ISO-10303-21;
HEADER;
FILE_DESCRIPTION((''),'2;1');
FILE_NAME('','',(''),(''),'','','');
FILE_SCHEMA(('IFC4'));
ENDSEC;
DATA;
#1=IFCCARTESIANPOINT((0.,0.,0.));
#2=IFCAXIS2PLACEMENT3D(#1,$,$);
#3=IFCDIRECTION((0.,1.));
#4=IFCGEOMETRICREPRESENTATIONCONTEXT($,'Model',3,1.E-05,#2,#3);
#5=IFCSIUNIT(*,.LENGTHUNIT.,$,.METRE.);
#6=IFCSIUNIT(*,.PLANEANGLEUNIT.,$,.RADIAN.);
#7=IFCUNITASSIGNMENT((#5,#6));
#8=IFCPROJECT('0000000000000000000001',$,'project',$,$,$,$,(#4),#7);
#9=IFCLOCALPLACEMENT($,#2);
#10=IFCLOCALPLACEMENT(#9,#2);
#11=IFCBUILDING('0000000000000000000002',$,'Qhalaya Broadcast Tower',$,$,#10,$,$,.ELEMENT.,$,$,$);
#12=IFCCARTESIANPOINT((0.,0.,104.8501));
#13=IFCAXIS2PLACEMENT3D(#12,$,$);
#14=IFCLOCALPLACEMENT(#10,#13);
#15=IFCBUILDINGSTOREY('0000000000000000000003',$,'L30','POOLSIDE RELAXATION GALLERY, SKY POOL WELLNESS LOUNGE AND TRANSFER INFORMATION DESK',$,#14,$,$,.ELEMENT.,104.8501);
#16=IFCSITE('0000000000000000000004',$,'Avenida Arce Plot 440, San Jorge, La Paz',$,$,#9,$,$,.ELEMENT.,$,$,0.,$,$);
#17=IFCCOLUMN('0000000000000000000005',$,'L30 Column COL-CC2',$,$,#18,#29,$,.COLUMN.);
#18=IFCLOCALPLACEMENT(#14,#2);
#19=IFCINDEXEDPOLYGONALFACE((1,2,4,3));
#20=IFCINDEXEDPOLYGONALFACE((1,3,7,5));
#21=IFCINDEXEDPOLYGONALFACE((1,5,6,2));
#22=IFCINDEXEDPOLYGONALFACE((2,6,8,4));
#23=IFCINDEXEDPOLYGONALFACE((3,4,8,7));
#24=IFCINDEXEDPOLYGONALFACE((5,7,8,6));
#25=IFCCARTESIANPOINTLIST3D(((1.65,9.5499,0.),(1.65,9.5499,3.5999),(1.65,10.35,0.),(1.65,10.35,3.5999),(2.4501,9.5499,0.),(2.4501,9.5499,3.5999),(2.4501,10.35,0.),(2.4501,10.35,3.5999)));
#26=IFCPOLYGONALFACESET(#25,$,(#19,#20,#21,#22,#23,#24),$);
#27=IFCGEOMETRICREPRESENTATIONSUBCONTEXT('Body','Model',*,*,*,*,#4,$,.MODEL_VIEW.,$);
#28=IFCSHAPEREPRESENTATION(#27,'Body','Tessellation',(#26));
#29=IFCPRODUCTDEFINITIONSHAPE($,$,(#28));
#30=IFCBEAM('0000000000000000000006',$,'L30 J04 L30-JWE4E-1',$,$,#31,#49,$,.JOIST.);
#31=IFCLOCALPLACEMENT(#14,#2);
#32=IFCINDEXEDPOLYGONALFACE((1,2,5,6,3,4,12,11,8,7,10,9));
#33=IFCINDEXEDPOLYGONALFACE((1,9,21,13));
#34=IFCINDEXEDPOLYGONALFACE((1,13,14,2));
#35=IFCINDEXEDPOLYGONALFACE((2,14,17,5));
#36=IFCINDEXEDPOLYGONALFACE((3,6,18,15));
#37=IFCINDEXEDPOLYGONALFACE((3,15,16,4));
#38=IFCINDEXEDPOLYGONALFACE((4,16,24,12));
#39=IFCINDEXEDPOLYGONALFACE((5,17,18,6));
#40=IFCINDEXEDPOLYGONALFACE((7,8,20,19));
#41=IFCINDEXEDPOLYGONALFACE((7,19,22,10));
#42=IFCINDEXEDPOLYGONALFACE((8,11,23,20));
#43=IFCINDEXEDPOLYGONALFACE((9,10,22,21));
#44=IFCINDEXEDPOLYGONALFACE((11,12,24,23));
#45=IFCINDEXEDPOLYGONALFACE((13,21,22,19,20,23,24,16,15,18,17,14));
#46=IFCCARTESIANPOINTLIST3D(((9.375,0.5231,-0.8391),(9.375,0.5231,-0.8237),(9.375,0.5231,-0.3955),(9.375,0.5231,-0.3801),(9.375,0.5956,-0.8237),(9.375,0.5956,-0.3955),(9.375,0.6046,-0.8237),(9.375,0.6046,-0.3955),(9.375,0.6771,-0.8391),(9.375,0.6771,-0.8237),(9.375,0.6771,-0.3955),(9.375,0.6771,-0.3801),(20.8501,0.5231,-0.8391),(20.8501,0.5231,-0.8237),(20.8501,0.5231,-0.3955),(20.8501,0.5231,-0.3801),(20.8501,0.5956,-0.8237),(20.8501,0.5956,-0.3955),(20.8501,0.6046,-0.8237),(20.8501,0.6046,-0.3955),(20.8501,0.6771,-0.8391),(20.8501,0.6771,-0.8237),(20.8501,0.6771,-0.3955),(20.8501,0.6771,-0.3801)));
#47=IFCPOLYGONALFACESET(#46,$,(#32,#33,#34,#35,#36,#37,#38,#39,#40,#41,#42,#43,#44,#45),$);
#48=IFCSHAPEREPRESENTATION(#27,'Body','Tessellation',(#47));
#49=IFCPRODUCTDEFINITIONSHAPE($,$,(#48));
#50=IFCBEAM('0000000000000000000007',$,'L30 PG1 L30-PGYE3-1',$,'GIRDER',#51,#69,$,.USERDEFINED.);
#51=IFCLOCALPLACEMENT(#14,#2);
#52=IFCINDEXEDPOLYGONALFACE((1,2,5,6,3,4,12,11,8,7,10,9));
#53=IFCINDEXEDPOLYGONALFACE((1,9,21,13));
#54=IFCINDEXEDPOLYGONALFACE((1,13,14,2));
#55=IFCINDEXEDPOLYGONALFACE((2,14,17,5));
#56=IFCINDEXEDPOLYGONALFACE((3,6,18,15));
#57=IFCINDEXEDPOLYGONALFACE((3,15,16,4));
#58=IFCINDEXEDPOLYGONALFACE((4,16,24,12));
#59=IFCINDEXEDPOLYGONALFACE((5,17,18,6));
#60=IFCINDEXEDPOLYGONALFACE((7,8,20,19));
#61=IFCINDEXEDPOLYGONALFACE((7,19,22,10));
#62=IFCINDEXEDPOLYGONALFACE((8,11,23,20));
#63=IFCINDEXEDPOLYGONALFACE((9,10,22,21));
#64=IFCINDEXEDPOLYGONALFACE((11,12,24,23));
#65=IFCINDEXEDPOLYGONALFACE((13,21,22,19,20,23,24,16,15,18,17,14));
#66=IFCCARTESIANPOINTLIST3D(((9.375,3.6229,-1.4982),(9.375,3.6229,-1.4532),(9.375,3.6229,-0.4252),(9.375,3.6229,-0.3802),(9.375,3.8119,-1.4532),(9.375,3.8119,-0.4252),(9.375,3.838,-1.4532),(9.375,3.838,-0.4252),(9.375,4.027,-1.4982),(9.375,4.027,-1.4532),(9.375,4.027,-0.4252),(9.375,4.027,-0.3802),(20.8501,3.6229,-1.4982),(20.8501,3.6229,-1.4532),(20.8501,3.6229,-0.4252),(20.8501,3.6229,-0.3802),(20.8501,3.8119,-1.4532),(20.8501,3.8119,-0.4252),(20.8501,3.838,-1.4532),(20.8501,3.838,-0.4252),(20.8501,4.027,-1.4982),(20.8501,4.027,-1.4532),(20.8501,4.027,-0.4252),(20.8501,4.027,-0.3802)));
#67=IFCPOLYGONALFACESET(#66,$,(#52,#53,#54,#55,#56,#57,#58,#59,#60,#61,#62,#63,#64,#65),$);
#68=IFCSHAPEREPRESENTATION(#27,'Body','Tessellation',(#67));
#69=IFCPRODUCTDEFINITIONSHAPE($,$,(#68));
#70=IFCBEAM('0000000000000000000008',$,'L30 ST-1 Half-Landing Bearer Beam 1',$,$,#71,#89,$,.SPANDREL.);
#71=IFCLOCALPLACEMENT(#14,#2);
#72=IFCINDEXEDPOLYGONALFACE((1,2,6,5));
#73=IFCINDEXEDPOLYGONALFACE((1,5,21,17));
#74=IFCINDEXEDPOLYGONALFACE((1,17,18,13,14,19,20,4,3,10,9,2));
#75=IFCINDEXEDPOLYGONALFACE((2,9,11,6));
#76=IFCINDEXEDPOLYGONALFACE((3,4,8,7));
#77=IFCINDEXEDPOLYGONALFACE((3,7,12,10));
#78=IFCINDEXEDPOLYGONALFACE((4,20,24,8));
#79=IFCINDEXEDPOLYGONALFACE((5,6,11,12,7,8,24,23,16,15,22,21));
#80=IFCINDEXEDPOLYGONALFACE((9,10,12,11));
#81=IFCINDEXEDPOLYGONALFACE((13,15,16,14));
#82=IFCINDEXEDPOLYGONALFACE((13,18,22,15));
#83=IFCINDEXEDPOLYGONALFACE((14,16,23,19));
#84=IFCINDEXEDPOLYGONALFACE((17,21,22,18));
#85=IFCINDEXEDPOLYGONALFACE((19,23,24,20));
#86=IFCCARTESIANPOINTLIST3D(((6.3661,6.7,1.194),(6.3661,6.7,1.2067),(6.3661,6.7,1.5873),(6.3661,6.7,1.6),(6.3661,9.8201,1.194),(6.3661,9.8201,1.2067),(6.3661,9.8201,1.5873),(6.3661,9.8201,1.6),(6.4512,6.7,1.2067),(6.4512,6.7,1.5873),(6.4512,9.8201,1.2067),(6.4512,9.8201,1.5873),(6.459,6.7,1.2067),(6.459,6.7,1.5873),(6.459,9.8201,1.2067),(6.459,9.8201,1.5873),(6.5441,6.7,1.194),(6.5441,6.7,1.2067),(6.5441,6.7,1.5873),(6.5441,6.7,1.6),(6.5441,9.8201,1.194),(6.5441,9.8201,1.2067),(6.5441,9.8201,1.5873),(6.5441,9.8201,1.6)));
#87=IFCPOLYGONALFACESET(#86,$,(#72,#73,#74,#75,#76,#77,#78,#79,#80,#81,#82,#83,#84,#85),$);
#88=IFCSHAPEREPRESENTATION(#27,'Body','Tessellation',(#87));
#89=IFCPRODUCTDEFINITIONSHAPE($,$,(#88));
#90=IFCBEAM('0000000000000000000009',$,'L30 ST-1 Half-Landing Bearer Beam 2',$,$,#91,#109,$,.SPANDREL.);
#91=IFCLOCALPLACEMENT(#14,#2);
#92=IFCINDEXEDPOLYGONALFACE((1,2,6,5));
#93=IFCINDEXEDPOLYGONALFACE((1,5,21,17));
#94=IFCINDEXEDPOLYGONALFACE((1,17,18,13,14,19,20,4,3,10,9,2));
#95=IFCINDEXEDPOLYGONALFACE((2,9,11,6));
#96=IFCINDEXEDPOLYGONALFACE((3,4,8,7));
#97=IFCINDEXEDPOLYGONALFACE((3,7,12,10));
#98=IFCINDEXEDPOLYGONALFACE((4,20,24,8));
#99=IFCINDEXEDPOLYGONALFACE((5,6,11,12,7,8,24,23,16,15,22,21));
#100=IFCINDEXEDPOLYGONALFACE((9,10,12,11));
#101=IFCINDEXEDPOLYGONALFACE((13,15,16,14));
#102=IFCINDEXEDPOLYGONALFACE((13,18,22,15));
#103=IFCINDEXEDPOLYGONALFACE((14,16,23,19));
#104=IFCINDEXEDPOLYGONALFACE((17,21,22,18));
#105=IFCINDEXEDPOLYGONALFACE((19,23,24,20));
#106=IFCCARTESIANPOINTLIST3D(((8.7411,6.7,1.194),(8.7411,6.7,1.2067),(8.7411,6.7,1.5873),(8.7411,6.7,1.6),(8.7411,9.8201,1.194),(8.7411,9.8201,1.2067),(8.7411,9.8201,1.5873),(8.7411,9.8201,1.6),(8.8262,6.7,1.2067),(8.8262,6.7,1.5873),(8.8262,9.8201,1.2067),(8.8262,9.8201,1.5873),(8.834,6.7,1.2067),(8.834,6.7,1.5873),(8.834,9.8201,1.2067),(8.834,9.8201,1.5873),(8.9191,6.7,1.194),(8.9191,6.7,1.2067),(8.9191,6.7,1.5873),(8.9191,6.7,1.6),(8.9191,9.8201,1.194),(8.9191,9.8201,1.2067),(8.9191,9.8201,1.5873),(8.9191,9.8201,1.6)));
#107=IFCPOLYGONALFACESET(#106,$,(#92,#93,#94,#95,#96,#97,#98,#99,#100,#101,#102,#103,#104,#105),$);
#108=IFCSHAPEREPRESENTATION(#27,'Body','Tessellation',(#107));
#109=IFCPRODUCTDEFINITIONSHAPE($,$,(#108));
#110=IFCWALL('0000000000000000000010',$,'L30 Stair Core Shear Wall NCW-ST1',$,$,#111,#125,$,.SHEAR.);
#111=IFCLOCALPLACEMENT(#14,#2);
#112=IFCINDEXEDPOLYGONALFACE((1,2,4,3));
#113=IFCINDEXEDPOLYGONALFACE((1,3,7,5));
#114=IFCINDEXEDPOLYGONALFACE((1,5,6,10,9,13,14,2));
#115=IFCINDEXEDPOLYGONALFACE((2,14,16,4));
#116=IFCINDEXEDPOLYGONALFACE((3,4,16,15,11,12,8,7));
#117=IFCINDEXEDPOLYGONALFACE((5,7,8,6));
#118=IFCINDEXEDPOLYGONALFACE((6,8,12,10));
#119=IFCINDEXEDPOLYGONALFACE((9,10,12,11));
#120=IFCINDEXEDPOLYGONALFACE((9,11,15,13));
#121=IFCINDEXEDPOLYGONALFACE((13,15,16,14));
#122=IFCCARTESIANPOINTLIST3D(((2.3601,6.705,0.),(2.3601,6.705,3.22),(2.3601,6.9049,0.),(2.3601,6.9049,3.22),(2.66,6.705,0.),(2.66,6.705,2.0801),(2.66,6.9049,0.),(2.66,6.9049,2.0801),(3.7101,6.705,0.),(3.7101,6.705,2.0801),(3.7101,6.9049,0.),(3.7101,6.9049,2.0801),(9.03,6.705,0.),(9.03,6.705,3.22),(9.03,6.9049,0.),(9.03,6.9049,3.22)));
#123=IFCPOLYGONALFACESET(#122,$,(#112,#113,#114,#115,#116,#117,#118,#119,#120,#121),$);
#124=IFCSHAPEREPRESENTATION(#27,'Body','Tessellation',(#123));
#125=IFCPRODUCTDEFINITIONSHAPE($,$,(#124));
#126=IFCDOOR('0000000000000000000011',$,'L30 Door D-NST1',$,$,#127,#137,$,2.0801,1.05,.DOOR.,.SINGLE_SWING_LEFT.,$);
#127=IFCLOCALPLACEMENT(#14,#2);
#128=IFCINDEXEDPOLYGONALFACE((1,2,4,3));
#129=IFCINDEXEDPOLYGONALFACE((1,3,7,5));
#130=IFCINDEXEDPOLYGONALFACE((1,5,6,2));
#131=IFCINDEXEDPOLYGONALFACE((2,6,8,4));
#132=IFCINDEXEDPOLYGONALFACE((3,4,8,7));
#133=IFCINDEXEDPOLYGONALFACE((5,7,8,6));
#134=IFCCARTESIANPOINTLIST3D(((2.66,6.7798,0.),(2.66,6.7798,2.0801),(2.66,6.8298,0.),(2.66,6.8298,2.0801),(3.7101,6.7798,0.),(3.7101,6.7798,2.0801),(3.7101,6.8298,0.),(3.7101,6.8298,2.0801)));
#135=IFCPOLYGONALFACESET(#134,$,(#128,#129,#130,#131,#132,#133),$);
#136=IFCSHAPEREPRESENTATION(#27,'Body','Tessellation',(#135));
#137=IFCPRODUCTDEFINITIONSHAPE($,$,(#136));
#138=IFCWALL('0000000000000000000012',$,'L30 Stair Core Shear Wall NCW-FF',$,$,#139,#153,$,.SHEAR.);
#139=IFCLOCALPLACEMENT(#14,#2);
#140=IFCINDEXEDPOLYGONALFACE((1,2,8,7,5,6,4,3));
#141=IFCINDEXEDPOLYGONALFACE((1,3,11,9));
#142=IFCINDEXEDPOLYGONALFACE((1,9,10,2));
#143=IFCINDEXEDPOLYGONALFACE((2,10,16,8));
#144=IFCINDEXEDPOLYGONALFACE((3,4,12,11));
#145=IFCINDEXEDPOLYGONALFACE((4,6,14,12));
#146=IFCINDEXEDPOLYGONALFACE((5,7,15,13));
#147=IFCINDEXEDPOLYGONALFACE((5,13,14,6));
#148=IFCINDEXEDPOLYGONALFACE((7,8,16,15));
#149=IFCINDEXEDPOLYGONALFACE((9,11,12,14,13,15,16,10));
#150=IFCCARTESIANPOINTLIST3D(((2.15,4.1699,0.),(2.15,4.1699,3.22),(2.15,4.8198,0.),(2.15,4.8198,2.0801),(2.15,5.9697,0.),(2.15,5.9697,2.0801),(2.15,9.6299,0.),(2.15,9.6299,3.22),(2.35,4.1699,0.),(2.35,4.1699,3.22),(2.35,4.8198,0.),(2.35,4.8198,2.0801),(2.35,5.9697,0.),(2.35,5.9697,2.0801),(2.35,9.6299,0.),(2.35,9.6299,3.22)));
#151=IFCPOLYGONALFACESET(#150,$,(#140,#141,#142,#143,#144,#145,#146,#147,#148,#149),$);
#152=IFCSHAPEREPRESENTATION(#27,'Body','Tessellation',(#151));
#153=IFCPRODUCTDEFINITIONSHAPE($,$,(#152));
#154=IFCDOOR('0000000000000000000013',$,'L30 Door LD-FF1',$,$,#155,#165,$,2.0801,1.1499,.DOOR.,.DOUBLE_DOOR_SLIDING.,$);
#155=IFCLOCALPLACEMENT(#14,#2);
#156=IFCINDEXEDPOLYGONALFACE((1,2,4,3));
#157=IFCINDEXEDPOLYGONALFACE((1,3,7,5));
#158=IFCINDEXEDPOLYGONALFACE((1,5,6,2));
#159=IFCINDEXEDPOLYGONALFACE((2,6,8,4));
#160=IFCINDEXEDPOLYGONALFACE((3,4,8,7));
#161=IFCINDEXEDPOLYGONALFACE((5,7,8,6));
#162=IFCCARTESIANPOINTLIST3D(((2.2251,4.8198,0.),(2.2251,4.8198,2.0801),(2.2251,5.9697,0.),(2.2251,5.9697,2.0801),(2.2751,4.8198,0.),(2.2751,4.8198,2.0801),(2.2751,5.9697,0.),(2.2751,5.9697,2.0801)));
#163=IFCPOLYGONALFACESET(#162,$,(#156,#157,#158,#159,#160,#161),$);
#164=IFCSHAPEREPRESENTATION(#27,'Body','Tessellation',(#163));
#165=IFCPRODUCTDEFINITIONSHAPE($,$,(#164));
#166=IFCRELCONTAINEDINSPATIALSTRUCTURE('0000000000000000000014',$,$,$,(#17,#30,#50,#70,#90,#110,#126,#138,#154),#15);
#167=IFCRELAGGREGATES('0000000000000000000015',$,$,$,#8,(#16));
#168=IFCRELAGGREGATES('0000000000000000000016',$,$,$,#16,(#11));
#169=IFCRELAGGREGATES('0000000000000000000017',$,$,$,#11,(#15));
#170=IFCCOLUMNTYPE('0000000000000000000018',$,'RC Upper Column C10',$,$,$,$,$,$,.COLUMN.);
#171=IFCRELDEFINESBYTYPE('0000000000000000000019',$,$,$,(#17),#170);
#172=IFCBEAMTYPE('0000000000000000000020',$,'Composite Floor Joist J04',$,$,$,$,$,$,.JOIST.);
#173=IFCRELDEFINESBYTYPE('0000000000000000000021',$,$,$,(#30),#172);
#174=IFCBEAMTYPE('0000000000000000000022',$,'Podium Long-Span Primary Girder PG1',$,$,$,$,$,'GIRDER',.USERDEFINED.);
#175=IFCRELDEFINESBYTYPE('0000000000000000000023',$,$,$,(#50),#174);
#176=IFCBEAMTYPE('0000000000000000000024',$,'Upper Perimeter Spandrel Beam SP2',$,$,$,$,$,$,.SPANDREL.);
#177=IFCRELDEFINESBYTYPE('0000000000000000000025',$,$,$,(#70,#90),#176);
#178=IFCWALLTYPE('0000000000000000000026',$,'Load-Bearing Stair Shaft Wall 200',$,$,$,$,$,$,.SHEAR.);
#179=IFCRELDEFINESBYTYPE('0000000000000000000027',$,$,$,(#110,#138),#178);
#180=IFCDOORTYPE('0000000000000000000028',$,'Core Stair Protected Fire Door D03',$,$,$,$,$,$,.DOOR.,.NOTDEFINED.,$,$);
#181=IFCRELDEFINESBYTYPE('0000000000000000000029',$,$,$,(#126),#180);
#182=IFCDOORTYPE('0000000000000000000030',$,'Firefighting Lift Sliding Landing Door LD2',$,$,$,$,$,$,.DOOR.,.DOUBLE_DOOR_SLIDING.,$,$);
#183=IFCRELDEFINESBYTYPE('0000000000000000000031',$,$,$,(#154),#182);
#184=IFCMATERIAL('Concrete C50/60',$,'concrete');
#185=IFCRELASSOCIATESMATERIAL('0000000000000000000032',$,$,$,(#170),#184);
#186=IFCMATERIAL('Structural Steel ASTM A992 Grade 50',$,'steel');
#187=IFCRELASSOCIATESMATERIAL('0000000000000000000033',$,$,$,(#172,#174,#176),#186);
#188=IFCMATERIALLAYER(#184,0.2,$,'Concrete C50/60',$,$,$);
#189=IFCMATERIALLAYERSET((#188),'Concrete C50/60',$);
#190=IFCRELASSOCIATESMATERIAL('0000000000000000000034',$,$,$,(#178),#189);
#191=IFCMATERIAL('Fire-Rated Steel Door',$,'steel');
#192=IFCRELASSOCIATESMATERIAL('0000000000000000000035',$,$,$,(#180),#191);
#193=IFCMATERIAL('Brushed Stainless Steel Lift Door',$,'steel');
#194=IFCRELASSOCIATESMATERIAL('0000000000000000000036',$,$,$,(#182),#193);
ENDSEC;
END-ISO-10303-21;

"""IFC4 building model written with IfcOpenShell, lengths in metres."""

from ifc_helpers import new_model, si_unit, direction, frame, frame_2d, origin, origin_2d, place, context, subcontext, project, spatial, rectangle, i_section, extrude, material, layer, layer_set, material_profile, profile_set, type_object, element, fill, save


model = new_model("IFC4")

# Units and contexts
model_context = context("Model", 3, precision=1e-05, world=origin(), true_north=direction((0.0, 1.0)))
body_context = subcontext(model_context, "Body", "Model", "MODEL_VIEW")
ifc_project = project(units=[si_unit("LENGTHUNIT", "METRE"), si_unit("PLANEANGLEUNIT", "RADIAN")], contexts=[model_context])

# Site, building, storey
site_placement = place(None, origin())
site = spatial("IfcSite", under=ifc_project, at=site_placement, Name="Avenida Arce Plot 440, San Jorge, La Paz", CompositionType="ELEMENT", RefElevation=0.0)
building_placement = place(site_placement, origin())
building = spatial("IfcBuilding", under=site, at=building_placement, Name="Qhalaya Broadcast Tower", CompositionType="ELEMENT")
storey_placement = place(building_placement, frame((0.0, 0.0, 104.8501)))
storey = spatial("IfcBuildingStorey", under=building, at=storey_placement, Name="L30", Description="POOLSIDE RELAXATION GALLERY, SKY POOL WELLNESS LOUNGE AND TRANSFER INFORMATION DESK", CompositionType="ELEMENT", Elevation=104.8501)

# Column
ifc_material_1 = material(Name="Concrete C50/60", Category="concrete")
ifc_material_profile_1 = material_profile(ifc_material_1, rectangle(XDim=0.8, YDim=0.8, at=origin_2d()), Name="RC-COL 800x800")
ifc_profile_set_1 = profile_set([ifc_material_profile_1], Name="Concrete C50/60")
column_type = type_object("IfcColumnType", Name="RC Upper Column C10", PredefinedType="COLUMN", material=ifc_profile_set_1)
column_placement = place(storey_placement, frame((2.05, 9.95, 0.0), z_axis=(0.0, 0.0, 1.0), x_axis=(1.0, 0.0, 0.0)))
element("IfcColumn", 1, at=column_placement, inside=storey, type_object=column_type, Name="L30 Column COL-CC2", PredefinedType="COLUMN", context=body_context, shape_type="SweptSolid", body=[
    extrude(rectangle(XDim=0.8, YDim=0.8, at=origin_2d()), origin(), (0.0, 0.0, 1.0), 3.5999),
])

# Beams
ifc_material_2 = material(Name="Structural Steel ASTM A992 Grade 50", Category="steel")
ifc_material_profile_2 = material_profile(ifc_material_2, i_section(OverallWidth=0.1541, OverallDepth=0.459, WebThickness=0.009, FlangeThickness=0.0154, at=origin_2d()), Name="W18X46")
ifc_profile_set_2 = profile_set([ifc_material_profile_2], Name="Structural Steel ASTM A992 Grade 50")
beam_type_1 = type_object("IfcBeamType", Name="Composite Floor Joist J04", PredefinedType="JOIST", material=ifc_profile_set_2)
beam_1_placement = place(storey_placement, frame((9.375, 0.6001, -0.6096), z_axis=(1.0, 0.0, 0.0), x_axis=(0.0, 1.0, 0.0)))
element("IfcBeam", 2, at=beam_1_placement, inside=storey, type_object=beam_type_1, Name="L30 J04 L30-JWE4E-1", PredefinedType="JOIST", context=body_context, shape_type="SweptSolid", body=[
    extrude(i_section(OverallWidth=0.1541, OverallDepth=0.459, WebThickness=0.009, FlangeThickness=0.0154, at=origin_2d()), origin(), (0.0, 0.0, 1.0), 11.4751),
])
ifc_material_profile_3 = material_profile(ifc_material_2, i_section(OverallWidth=0.4041, OverallDepth=1.1179, WebThickness=0.0261, FlangeThickness=0.0449, at=origin_2d()), Name="W44X335")
ifc_profile_set_3 = profile_set([ifc_material_profile_3], Name="Structural Steel ASTM A992 Grade 50")
beam_type_2 = type_object("IfcBeamType", Name="Podium Long-Span Primary Girder PG1", ElementType="GIRDER", PredefinedType="USERDEFINED", material=ifc_profile_set_3)
beam_2_placement = place(storey_placement, frame((9.375, 3.825, -0.9392), z_axis=(1.0, 0.0, 0.0), x_axis=(0.0, 1.0, 0.0)))
element("IfcBeam", 3, at=beam_2_placement, inside=storey, type_object=beam_type_2, Name="L30 PG1 L30-PGYE3-1", ObjectType="GIRDER", PredefinedType="USERDEFINED", context=body_context, shape_type="SweptSolid", body=[
    extrude(i_section(OverallWidth=0.4041, OverallDepth=1.1179, WebThickness=0.0261, FlangeThickness=0.0449, at=origin_2d()), origin(), (0.0, 0.0, 1.0), 11.4751),
])
ifc_material_profile_4 = material_profile(ifc_material_2, i_section(OverallWidth=0.178, OverallDepth=0.406, WebThickness=0.0078, FlangeThickness=0.0127, at=origin_2d()), Name="W16X40")
ifc_profile_set_4 = profile_set([ifc_material_profile_4], Name="Structural Steel ASTM A992 Grade 50")
beam_type_3 = type_object("IfcBeamType", Name="Upper Perimeter Spandrel Beam SP2", PredefinedType="SPANDREL", material=ifc_profile_set_4)
for number, where, z_axis, x_axis, name in (
    (4, (6.4551, 6.7, 1.397), (0.0, 1.0, 0.0), (-1.0, 0.0, 0.0), "L30 ST-1 Half-Landing Bearer Beam 1"),
    (5, (8.8301, 6.7, 1.397), (0.0, 1.0, 0.0), (-1.0, 0.0, 0.0), "L30 ST-1 Half-Landing Bearer Beam 2"),
):
    element("IfcBeam", number, at=place(storey_placement, frame(where, z_axis=z_axis, x_axis=x_axis)), inside=storey, type_object=beam_type_3, Name=name, PredefinedType="SPANDREL", context=body_context, shape_type="SweptSolid", body=[
        extrude(i_section(OverallWidth=0.178, OverallDepth=0.406, WebThickness=0.0078, FlangeThickness=0.0127, at=origin_2d()), origin(), (0.0, 0.0, 1.0), 3.1201),
    ])

# Walls, openings, doors
ifc_layer_1 = layer(ifc_material_1, 0.2, Name="Concrete C50/60")
ifc_layer_set_1 = layer_set([ifc_layer_1], Name="Concrete C50/60")
wall_type_1 = type_object("IfcWallType", Name="Load-Bearing Stair Shaft Wall 200", PredefinedType="SHEAR", material=ifc_layer_set_1)
wall_1_placement = place(storey_placement, frame((2.3601, 6.8049, 0.0), z_axis=(0.0, 0.0, 1.0), x_axis=(1.0, 0.0, 0.0)))
wall_1 = element("IfcWall", 6, at=wall_1_placement, inside=storey, type_object=wall_type_1, Name="L30 Stair Core Shear Wall NCW-ST1", PredefinedType="SHEAR", context=body_context, shape_type="SweptSolid", body=[
    extrude(rectangle(XDim=6.6699, YDim=0.2, at=frame_2d((3.335, 0.0))), origin(), (0.0, 0.0, 1.0), 3.22),
])
opening_1_placement = place(wall_1_placement, frame((0.3, 0.0, 0.0)))
opening_1 = element("IfcOpeningElement", 7, at=opening_1_placement, cuts=wall_1, PredefinedType="OPENING", context=body_context, shape_type="SweptSolid", body=[
    extrude(rectangle(XDim=1.05, YDim=2.0801, at=frame_2d((0.5249, 1.04))), frame((0.0, 0.1121, 0.0), z_axis=(0.0, -1.0, 0.0), x_axis=(1.0, 0.0, 0.0)), (0.0, 0.0, 1.0), 0.2239),
])
ifc_material_3 = material(Name="Fire-Rated Steel Door", Category="steel")
door_type_1 = type_object("IfcDoorType", Name="Core Stair Protected Fire Door D03", OperationType="NOTDEFINED", PredefinedType="DOOR", material=ifc_material_3)
door_1_placement = place(opening_1_placement, origin())
door_1 = element("IfcDoor", 8, at=door_1_placement, inside=storey, type_object=door_type_1, Name="L30 Door D-NST1", OperationType="SINGLE_SWING_LEFT", OverallHeight=2.0801, OverallWidth=1.05, PredefinedType="DOOR", context=body_context, shape_type="SweptSolid", body=[
    extrude(rectangle(XDim=1.05, YDim=2.0801, at=frame_2d((0.5249, 1.04))), frame((0.0, 0.0249, 0.0), z_axis=(0.0, -1.0, 0.0), x_axis=(1.0, 0.0, 0.0)), (0.0, 0.0, 1.0), 0.05),
])
fill(opening_1, door_1)
wall_2_placement = place(storey_placement, frame((2.25, 4.1699, 0.0), z_axis=(0.0, 0.0, 1.0), x_axis=(0.0, 1.0, 0.0)))
wall_2 = element("IfcWall", 9, at=wall_2_placement, inside=storey, type_object=wall_type_1, Name="L30 Stair Core Shear Wall NCW-FF", PredefinedType="SHEAR", context=body_context, shape_type="SweptSolid", body=[
    extrude(rectangle(XDim=5.46, YDim=0.2, at=frame_2d((2.73, 0.0))), origin(), (0.0, 0.0, 1.0), 3.22),
])
opening_2_placement = place(wall_2_placement, frame((0.6499, 0.0, 0.0)))
opening_2 = element("IfcOpeningElement", 10, at=opening_2_placement, cuts=wall_2, PredefinedType="OPENING", context=body_context, shape_type="SweptSolid", body=[
    extrude(rectangle(XDim=1.1499, YDim=2.0801, at=frame_2d((0.575, 1.04))), frame((0.0, 0.1121, 0.0), z_axis=(0.0, -1.0, 0.0), x_axis=(1.0, 0.0, 0.0)), (0.0, 0.0, 1.0), 0.2239),
])
ifc_material_4 = material(Name="Brushed Stainless Steel Lift Door", Category="steel")
door_type_2 = type_object("IfcDoorType", Name="Firefighting Lift Sliding Landing Door LD2", OperationType="DOUBLE_DOOR_SLIDING", PredefinedType="DOOR", material=ifc_material_4)
door_2_placement = place(opening_2_placement, origin())
door_2 = element("IfcDoor", 11, at=door_2_placement, inside=storey, type_object=door_type_2, Name="L30 Door LD-FF1", OperationType="DOUBLE_DOOR_SLIDING", OverallHeight=2.0801, OverallWidth=1.1499, PredefinedType="DOOR", context=body_context, shape_type="SweptSolid", body=[
    extrude(rectangle(XDim=1.1499, YDim=2.0801, at=frame_2d((0.575, 1.04))), frame((0.0, 0.0249, 0.0), z_axis=(0.0, -1.0, 0.0), x_axis=(1.0, 0.0, 0.0)), (0.0, 0.0, 1.0), 0.05),
])
fill(opening_2, door_2)

save(model, "model.ifc")
